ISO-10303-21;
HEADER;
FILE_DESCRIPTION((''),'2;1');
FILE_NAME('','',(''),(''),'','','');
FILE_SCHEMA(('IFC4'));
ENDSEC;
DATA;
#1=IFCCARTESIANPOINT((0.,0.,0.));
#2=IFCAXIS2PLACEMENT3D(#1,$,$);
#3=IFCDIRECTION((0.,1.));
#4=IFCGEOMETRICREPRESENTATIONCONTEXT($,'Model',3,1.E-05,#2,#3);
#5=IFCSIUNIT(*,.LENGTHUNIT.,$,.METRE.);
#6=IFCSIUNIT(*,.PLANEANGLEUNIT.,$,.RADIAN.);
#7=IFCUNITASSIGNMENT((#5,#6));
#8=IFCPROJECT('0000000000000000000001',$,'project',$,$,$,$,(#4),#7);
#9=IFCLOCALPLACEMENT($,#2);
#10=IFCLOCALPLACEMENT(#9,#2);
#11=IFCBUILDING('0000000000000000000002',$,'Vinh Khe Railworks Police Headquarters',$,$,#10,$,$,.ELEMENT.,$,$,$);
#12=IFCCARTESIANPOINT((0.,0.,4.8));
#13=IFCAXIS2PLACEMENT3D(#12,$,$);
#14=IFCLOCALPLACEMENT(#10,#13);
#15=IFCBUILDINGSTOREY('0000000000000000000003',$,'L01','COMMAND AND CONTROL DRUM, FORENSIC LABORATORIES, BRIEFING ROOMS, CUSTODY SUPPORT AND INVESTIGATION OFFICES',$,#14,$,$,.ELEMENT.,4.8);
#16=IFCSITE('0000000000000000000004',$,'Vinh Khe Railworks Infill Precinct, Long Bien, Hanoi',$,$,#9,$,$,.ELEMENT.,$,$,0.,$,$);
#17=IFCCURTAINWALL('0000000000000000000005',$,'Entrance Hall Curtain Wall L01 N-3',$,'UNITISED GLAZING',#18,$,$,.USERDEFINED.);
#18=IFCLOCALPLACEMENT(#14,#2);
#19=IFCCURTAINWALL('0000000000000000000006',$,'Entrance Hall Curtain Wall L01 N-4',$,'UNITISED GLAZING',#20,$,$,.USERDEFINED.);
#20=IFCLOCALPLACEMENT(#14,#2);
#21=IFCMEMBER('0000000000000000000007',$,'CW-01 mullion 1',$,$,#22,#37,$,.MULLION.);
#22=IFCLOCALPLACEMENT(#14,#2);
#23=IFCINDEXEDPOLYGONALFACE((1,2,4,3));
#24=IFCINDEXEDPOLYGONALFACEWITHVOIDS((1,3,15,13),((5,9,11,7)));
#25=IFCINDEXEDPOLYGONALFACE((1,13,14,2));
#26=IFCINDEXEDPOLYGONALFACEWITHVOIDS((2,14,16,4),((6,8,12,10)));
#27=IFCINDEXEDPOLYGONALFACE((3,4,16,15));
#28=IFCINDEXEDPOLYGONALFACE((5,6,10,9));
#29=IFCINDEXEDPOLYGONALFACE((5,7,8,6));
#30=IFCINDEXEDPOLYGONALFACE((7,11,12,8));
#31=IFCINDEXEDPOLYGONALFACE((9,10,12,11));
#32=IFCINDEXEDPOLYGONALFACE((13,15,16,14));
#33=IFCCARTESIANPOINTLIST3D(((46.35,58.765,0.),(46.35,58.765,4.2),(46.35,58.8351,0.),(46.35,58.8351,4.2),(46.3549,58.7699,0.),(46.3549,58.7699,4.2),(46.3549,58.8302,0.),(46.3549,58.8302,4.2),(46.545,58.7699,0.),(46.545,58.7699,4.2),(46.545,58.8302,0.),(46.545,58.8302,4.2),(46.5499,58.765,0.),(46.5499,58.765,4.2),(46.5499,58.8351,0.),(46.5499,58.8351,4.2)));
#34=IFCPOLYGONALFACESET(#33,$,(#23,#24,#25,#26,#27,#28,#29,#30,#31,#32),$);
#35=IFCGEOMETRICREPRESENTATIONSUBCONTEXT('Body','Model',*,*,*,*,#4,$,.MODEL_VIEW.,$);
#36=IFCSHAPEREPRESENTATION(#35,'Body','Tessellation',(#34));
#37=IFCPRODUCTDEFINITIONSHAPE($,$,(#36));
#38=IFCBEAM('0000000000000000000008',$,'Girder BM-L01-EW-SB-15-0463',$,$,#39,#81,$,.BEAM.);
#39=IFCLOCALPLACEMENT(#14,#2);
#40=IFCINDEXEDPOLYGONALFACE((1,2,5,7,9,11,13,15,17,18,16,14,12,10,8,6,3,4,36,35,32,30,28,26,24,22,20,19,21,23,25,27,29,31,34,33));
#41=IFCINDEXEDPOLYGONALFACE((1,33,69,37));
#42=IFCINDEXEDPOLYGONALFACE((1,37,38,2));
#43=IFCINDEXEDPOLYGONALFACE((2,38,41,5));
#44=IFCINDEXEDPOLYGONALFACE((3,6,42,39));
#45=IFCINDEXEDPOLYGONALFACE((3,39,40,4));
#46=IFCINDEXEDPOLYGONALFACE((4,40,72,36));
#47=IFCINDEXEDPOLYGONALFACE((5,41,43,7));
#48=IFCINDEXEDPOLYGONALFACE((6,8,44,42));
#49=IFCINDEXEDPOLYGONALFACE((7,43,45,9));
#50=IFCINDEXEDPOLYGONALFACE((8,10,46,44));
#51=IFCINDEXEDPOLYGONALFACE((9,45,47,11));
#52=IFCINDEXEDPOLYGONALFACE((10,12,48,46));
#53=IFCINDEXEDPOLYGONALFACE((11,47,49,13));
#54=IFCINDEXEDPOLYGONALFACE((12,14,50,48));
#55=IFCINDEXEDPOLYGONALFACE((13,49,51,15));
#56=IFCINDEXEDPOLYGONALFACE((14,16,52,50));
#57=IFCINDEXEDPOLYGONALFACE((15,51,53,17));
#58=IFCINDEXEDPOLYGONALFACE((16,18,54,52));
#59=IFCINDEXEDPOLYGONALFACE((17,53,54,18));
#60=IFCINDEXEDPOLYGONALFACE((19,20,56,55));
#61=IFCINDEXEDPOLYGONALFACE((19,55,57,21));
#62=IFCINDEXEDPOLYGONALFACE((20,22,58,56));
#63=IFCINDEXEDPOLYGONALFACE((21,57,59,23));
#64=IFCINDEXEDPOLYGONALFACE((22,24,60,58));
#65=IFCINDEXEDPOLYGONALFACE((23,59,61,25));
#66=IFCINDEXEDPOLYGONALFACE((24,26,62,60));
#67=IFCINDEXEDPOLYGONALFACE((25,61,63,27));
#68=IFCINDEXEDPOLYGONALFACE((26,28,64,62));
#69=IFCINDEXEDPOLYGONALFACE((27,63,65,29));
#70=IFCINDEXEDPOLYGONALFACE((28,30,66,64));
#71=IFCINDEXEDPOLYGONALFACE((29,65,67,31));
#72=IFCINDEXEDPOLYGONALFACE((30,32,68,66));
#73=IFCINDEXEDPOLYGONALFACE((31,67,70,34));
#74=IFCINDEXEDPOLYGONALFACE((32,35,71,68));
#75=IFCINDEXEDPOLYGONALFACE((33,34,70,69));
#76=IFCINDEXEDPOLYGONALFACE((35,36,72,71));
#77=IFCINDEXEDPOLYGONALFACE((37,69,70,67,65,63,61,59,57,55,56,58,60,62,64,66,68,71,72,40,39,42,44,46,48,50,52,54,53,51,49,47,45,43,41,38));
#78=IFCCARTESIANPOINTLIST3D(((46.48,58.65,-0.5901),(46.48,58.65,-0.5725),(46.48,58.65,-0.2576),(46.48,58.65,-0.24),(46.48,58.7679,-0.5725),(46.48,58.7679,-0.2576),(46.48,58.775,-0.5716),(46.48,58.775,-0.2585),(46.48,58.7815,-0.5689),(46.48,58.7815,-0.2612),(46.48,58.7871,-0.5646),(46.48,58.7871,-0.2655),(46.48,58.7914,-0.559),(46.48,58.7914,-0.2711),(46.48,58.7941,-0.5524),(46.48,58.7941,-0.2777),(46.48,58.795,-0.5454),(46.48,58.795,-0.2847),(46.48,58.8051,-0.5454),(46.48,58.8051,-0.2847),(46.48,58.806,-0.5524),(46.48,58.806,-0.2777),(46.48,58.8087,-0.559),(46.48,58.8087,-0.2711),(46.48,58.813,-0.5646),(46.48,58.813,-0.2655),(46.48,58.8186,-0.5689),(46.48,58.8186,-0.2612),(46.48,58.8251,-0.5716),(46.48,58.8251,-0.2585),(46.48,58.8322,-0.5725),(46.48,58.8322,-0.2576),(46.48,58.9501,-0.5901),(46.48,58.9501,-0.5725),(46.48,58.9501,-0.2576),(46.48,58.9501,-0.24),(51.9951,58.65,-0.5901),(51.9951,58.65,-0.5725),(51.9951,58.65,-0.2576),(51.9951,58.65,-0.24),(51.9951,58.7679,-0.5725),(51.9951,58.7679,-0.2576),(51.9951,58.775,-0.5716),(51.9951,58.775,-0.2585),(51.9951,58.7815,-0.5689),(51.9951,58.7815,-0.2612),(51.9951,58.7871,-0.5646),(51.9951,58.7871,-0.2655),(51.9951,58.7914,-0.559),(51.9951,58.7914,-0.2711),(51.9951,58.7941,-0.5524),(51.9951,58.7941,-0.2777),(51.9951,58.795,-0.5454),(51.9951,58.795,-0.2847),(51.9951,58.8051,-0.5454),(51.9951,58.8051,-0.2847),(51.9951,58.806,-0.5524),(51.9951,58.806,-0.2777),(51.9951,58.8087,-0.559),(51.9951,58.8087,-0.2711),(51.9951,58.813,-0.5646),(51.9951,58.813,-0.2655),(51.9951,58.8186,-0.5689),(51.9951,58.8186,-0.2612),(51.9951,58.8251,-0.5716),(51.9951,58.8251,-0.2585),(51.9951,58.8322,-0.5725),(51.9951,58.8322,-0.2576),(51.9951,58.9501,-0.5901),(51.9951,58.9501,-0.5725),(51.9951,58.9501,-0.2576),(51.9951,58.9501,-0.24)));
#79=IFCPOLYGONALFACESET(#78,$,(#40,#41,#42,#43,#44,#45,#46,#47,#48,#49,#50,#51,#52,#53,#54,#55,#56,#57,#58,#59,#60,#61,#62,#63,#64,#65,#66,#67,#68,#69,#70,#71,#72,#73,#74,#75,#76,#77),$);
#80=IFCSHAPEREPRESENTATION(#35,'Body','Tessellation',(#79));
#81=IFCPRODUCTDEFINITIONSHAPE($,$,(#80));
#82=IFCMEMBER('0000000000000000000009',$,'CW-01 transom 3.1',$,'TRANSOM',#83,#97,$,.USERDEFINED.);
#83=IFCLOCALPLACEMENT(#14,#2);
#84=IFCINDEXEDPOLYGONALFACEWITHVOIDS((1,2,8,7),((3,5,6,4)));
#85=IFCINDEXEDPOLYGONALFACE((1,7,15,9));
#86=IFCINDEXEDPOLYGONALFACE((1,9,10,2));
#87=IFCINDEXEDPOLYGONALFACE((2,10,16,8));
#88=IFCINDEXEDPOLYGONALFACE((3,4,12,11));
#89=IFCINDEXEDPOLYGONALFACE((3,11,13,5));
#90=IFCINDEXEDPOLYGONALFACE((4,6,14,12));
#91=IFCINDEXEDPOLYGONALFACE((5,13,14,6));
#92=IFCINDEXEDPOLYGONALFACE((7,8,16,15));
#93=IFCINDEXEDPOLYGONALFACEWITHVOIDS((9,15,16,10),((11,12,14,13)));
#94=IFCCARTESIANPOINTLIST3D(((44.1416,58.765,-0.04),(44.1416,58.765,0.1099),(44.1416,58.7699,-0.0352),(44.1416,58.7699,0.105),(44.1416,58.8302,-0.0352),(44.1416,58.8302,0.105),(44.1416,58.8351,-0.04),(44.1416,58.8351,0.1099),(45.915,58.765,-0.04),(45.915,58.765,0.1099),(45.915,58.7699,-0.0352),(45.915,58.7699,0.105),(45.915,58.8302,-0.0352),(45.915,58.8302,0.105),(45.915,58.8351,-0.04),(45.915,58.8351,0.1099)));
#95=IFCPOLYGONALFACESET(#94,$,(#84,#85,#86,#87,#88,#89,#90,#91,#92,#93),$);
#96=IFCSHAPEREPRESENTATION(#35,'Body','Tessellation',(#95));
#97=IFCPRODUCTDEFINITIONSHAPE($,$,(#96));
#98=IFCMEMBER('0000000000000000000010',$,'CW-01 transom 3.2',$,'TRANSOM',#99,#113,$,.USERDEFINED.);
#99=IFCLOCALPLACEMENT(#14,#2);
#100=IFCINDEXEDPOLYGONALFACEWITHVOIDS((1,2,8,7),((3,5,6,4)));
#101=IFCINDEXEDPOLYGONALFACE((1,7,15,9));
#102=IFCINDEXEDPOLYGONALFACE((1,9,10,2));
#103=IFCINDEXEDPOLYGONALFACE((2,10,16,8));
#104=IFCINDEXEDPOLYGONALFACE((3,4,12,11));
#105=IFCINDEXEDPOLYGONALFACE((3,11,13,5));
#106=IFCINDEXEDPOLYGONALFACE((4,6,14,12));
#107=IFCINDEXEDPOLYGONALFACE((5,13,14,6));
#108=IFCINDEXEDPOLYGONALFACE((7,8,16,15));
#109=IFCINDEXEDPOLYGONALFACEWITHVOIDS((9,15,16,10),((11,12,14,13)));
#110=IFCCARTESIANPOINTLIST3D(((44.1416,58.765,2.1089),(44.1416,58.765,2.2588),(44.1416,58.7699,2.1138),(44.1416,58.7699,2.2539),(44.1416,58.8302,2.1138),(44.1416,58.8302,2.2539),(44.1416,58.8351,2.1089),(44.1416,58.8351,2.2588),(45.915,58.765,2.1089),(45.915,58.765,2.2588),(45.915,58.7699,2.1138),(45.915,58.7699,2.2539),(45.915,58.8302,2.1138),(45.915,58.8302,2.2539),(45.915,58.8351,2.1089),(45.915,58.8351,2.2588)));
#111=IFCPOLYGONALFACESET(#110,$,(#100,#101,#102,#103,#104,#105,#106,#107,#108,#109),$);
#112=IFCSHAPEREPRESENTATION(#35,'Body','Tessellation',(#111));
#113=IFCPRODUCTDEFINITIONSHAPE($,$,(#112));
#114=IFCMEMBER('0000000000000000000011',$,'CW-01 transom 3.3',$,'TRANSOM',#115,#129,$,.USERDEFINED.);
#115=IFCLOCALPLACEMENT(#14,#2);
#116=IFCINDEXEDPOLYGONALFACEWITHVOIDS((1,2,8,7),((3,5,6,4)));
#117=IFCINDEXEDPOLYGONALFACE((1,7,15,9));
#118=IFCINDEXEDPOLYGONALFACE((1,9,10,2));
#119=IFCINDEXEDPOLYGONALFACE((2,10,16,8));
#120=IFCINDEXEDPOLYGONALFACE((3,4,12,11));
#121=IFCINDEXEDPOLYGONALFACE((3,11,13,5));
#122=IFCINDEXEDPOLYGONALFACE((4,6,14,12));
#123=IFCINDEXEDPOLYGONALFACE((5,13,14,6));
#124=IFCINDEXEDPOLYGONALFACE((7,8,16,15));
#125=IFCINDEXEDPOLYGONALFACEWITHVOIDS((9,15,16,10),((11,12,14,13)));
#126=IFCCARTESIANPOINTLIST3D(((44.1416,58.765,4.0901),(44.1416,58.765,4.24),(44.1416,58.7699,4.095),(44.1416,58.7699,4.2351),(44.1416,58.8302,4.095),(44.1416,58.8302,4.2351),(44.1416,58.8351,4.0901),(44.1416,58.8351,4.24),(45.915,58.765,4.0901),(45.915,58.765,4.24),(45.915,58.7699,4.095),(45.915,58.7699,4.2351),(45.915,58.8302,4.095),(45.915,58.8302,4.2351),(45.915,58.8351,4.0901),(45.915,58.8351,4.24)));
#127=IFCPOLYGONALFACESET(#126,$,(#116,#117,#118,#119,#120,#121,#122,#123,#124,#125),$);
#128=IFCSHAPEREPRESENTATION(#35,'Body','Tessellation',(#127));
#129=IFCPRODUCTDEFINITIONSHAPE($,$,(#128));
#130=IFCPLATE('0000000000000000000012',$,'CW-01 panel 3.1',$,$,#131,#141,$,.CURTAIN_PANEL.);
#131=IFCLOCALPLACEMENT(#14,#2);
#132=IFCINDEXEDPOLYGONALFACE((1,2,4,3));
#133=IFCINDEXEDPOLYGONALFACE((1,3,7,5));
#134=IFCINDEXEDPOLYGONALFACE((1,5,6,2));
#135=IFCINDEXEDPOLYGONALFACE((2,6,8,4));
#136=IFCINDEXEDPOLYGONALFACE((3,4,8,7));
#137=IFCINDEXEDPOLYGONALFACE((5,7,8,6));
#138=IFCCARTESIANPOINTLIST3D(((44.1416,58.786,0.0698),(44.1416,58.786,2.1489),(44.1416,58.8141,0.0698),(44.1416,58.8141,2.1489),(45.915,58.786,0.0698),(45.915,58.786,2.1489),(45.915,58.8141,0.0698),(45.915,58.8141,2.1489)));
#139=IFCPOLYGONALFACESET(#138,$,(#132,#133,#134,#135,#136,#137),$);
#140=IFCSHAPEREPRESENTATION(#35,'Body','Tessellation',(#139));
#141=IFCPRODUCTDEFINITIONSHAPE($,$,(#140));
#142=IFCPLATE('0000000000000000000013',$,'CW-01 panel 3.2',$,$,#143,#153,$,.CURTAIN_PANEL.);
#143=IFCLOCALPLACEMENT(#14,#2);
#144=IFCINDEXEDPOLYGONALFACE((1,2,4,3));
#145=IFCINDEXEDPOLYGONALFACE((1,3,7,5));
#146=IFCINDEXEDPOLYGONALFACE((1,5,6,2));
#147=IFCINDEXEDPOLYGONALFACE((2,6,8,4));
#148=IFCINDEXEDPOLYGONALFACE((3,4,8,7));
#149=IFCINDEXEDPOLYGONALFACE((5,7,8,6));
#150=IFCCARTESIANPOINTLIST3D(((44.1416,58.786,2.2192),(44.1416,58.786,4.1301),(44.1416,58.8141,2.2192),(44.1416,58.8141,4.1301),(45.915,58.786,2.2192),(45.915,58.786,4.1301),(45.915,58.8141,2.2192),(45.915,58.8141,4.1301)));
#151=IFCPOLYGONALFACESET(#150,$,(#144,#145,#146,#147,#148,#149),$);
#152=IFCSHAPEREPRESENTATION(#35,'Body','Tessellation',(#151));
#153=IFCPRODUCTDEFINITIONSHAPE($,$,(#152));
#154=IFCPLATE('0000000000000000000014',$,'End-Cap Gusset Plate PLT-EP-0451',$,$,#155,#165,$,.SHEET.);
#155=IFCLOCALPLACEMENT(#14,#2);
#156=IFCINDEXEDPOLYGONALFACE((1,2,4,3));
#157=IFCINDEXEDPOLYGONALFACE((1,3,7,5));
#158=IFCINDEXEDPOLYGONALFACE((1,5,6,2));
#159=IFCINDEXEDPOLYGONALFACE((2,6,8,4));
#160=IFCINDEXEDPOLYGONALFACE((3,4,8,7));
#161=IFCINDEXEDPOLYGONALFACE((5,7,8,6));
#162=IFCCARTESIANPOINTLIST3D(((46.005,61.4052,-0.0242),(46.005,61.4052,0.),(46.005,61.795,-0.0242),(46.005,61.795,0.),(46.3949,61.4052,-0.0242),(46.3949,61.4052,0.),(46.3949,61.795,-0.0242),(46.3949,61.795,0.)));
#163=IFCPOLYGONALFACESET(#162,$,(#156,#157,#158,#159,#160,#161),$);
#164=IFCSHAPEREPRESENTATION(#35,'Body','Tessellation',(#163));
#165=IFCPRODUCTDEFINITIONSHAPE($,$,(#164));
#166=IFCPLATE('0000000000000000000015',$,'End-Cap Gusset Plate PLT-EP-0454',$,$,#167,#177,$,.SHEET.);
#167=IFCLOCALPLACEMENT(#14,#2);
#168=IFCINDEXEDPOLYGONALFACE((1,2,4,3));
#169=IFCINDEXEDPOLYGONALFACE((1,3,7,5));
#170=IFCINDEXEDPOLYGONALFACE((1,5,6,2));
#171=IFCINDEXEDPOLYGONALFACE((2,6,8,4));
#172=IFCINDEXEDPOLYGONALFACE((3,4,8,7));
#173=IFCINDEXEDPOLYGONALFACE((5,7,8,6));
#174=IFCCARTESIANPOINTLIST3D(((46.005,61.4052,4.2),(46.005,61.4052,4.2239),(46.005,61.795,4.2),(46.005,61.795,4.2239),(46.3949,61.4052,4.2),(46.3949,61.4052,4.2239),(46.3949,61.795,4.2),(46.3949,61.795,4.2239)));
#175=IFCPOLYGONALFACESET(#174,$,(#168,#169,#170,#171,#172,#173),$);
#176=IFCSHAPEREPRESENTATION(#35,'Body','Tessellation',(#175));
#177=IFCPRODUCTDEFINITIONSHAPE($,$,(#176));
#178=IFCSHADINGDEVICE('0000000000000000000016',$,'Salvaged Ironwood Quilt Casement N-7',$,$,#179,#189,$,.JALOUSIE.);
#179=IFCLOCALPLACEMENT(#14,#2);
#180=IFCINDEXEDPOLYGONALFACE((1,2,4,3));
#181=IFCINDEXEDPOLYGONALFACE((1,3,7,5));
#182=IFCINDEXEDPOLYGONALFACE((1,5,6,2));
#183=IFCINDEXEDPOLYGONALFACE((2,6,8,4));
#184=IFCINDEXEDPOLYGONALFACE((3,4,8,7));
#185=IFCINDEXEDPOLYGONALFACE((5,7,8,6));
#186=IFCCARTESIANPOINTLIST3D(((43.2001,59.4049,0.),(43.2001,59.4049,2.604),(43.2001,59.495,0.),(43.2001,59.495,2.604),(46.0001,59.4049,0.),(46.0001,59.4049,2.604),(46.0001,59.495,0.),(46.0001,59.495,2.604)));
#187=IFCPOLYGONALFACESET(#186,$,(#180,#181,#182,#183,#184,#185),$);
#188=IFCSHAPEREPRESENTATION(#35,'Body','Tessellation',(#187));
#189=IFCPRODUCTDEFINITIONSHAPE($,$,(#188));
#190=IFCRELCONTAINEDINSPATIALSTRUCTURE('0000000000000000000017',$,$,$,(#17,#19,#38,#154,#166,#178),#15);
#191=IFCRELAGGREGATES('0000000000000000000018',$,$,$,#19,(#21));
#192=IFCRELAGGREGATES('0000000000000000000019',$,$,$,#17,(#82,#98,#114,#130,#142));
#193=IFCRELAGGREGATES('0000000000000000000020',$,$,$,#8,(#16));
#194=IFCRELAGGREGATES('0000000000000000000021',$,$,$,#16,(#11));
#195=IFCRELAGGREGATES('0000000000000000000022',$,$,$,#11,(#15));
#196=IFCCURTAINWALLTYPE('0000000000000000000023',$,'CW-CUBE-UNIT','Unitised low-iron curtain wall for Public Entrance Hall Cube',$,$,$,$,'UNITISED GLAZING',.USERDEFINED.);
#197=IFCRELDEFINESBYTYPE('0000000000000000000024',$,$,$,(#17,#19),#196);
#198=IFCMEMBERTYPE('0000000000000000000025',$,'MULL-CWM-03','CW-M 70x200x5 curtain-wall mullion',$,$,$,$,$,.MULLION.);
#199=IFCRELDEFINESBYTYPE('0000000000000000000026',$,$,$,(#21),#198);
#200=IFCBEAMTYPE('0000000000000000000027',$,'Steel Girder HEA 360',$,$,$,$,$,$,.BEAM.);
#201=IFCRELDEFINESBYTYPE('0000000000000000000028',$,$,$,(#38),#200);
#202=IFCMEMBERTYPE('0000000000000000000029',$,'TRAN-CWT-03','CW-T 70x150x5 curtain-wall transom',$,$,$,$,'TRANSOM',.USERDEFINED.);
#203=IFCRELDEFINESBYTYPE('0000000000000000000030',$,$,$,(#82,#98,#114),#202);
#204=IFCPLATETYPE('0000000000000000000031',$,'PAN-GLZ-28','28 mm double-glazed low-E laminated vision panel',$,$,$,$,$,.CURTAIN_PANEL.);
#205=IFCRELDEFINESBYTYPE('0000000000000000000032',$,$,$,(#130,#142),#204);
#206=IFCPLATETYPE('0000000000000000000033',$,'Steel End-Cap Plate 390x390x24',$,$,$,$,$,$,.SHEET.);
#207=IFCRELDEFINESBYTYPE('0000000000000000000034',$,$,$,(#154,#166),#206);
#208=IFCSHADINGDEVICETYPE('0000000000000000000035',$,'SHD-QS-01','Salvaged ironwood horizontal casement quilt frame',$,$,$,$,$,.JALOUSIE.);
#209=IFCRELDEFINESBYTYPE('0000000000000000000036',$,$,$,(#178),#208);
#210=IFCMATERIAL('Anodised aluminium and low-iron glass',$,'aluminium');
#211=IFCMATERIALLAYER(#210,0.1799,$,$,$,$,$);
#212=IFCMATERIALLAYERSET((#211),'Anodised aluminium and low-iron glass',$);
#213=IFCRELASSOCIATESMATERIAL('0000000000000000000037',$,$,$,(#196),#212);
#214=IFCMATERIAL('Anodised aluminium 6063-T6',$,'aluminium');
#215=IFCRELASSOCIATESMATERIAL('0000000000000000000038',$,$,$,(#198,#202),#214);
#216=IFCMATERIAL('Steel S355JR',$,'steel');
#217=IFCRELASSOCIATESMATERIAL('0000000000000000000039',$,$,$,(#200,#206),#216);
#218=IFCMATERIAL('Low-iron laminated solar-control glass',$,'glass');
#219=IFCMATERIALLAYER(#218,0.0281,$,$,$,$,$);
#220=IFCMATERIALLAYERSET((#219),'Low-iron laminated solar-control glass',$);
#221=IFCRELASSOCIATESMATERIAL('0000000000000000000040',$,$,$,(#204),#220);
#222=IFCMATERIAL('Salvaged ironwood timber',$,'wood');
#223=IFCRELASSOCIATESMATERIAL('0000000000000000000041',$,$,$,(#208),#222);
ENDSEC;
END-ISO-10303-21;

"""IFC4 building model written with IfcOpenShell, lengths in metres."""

from ifc_helpers import new_model, si_unit, direction, frame, origin, origin_2d, place, context, subcontext, project, spatial, rectangle, hollow_rectangle, i_section, extrude, material, layer, layer_set, material_profile, profile_set, type_object, element, aggregate, save


model = new_model("IFC4")

# Units and contexts
model_context = context("Model", 3, precision=1e-05, world=origin(), true_north=direction((0.0, 1.0)))
body_context = subcontext(model_context, "Body", "Model", "MODEL_VIEW")
ifc_project = project(units=[si_unit("LENGTHUNIT", "METRE"), si_unit("PLANEANGLEUNIT", "RADIAN")], contexts=[model_context])

# Site, building, storey
site_placement = place(None, origin())
site = spatial("IfcSite", under=ifc_project, at=site_placement, Name="Vinh Khe Railworks Infill Precinct, Long Bien, Hanoi", CompositionType="ELEMENT", RefElevation=0.0)
building_placement = place(site_placement, origin())
building = spatial("IfcBuilding", under=site, at=building_placement, Name="Vinh Khe Railworks Police Headquarters", CompositionType="ELEMENT")
storey_placement = place(building_placement, frame((0.0, 0.0, 4.8)))
storey = spatial("IfcBuildingStorey", under=building, at=storey_placement, Name="L01", Description="COMMAND AND CONTROL DRUM, FORENSIC LABORATORIES, BRIEFING ROOMS, CUSTODY SUPPORT AND INVESTIGATION OFFICES", CompositionType="ELEMENT", Elevation=4.8)

# Shared definitions
ifc_material_1 = material(Name="Steel S355JR", Category="steel")

# Shared definitions
ifc_material_2 = material(Name="Salvaged ironwood timber", Category="wood")

# Curtain wall
ifc_material_3 = material(Name="Anodised aluminium and low-iron glass", Category="aluminium")
ifc_layer_1 = layer(ifc_material_3, 0.1799)
ifc_layer_set_1 = layer_set([ifc_layer_1], Name="Anodised aluminium and low-iron glass")
curtain_wall_type = type_object("IfcCurtainWallType", Name="CW-CUBE-UNIT", Description="Unitised low-iron curtain wall for Public Entrance Hall Cube", ElementType="UNITISED GLAZING", PredefinedType="USERDEFINED", material=ifc_layer_set_1)
curtain_wall_1_placement = place(storey_placement, origin())
curtain_wall_1 = element("IfcCurtainWall", 1, at=curtain_wall_1_placement, inside=storey, type_object=curtain_wall_type, Name="Entrance Hall Curtain Wall L01 N-3", ObjectType="UNITISED GLAZING", PredefinedType="USERDEFINED")
ifc_material_4 = material(Name="Anodised aluminium 6063-T6", Category="aluminium")
ifc_material_profile_1 = material_profile(ifc_material_4, hollow_rectangle(XDim=0.0701, YDim=0.2, WallThickness=0.0049, at=origin_2d()), Name="CW-M 70x200x5")
ifc_profile_set_1 = profile_set([ifc_material_profile_1], Name="Anodised aluminium 6063-T6")
member_type_1 = type_object("IfcMemberType", Name="MULL-CWM-03", Description="CW-M 70x200x5 curtain-wall mullion", PredefinedType="MULLION", material=ifc_profile_set_1)

# Curtain wall, member
curtain_wall_2_placement = place(storey_placement, origin())
curtain_wall_2 = element("IfcCurtainWall", 2, at=curtain_wall_2_placement, inside=storey, type_object=curtain_wall_type, Name="Entrance Hall Curtain Wall L01 N-4", ObjectType="UNITISED GLAZING", PredefinedType="USERDEFINED")
member_1_placement = place(storey_placement, frame((46.45, 58.8, 0.0), z_axis=(0.0, 0.0, 1.0), x_axis=(0.0, 1.0, 0.0)))
member_1 = element("IfcMember", 3, at=member_1_placement, type_object=member_type_1, Name="CW-01 mullion 1", PredefinedType="MULLION", context=body_context, shape_type="SweptSolid", body=[
    extrude(hollow_rectangle(XDim=0.0701, YDim=0.2, WallThickness=0.0049, at=origin_2d()), origin(), (0.0, 0.0, 1.0), 4.2),
])
aggregate(curtain_wall_2, [member_1])

# Beam
ifc_material_profile_2 = material_profile(ifc_material_1, i_section(OverallWidth=0.3, OverallDepth=0.3501, WebThickness=0.01, FlangeThickness=0.0176, FilletRadius=0.0271, at=origin_2d()), Name="HEA 360")
ifc_profile_set_2 = profile_set([ifc_material_profile_2], Name="Steel S355JR")
beam_type = type_object("IfcBeamType", Name="Steel Girder HEA 360", PredefinedType="BEAM", material=ifc_profile_set_2)
beam_placement = place(storey_placement, frame((46.48, 58.8, -0.415), z_axis=(1.0, 0.0, 0.0), x_axis=(0.0, 1.0, 0.0)))
element("IfcBeam", 4, at=beam_placement, inside=storey, type_object=beam_type, Name="Girder BM-L01-EW-SB-15-0463", PredefinedType="BEAM", context=body_context, shape_type="SweptSolid", body=[
    extrude(i_section(OverallWidth=0.3, OverallDepth=0.3501, WebThickness=0.01, FlangeThickness=0.0176, FilletRadius=0.0271, at=origin_2d()), origin(), (0.0, 0.0, 1.0), 5.5151),
])

# Members
ifc_material_profile_3 = material_profile(ifc_material_4, hollow_rectangle(XDim=0.0701, YDim=0.1499, WallThickness=0.0049, at=origin_2d()), Name="CW-T 70x150x5")
ifc_profile_set_3 = profile_set([ifc_material_profile_3], Name="Anodised aluminium 6063-T6")
member_type_2 = type_object("IfcMemberType", Name="TRAN-CWT-03", Description="CW-T 70x150x5 curtain-wall transom", ElementType="TRANSOM", PredefinedType="USERDEFINED", material=ifc_profile_set_3)
member_2_placement = place(storey_placement, frame((44.1416, 58.8, 0.0349), z_axis=(1.0, 0.0, 0.0), x_axis=(0.0, 1.0, 0.0)))
member_2 = element("IfcMember", 5, at=member_2_placement, type_object=member_type_2, Name="CW-01 transom 3.1", ObjectType="TRANSOM", PredefinedType="USERDEFINED", context=body_context, shape_type="SweptSolid", body=[
    extrude(hollow_rectangle(XDim=0.0701, YDim=0.1499, WallThickness=0.0049, at=origin_2d()), origin(), (0.0, 0.0, 1.0), 1.7734),
])
member_3_placement = place(storey_placement, frame((44.1416, 58.8, 2.1838), z_axis=(1.0, 0.0, 0.0), x_axis=(0.0, 1.0, 0.0)))
member_3 = element("IfcMember", 6, at=member_3_placement, type_object=member_type_2, Name="CW-01 transom 3.2", ObjectType="TRANSOM", PredefinedType="USERDEFINED", context=body_context, shape_type="SweptSolid", body=[
    extrude(hollow_rectangle(XDim=0.0701, YDim=0.1499, WallThickness=0.0049, at=origin_2d()), origin(), (0.0, 0.0, 1.0), 1.7734),
])
member_4_placement = place(storey_placement, frame((44.1416, 58.8, 4.165), z_axis=(1.0, 0.0, 0.0), x_axis=(0.0, 1.0, 0.0)))
member_4 = element("IfcMember", 7, at=member_4_placement, type_object=member_type_2, Name="CW-01 transom 3.3", ObjectType="TRANSOM", PredefinedType="USERDEFINED", context=body_context, shape_type="SweptSolid", body=[
    extrude(hollow_rectangle(XDim=0.0701, YDim=0.1499, WallThickness=0.0049, at=origin_2d()), origin(), (0.0, 0.0, 1.0), 1.7734),
])

# Plates
ifc_material_5 = material(Name="Low-iron laminated solar-control glass", Category="glass")
ifc_layer_2 = layer(ifc_material_5, 0.0281)
ifc_layer_set_2 = layer_set([ifc_layer_2], Name="Low-iron laminated solar-control glass")
plate_type_1 = type_object("IfcPlateType", Name="PAN-GLZ-28", Description="28 mm double-glazed low-E laminated vision panel", PredefinedType="CURTAIN_PANEL", material=ifc_layer_set_2)
plate_1_placement = place(storey_placement, frame((45.0283, 58.8, 0.0698), z_axis=(0.0, 0.0, 1.0), x_axis=(1.0, 0.0, 0.0)))
plate_1 = element("IfcPlate", 8, at=plate_1_placement, type_object=plate_type_1, Name="CW-01 panel 3.1", PredefinedType="CURTAIN_PANEL", context=body_context, shape_type="SweptSolid", body=[
    extrude(rectangle(XDim=1.7734, YDim=0.0281, at=origin_2d()), origin(), (0.0, 0.0, 1.0), 2.0791),
])
plate_2_placement = place(storey_placement, frame((45.0283, 58.8, 2.2192), z_axis=(0.0, 0.0, 1.0), x_axis=(1.0, 0.0, 0.0)))
plate_2 = element("IfcPlate", 9, at=plate_2_placement, type_object=plate_type_1, Name="CW-01 panel 3.2", PredefinedType="CURTAIN_PANEL", context=body_context, shape_type="SweptSolid", body=[
    extrude(rectangle(XDim=1.7734, YDim=0.0281, at=origin_2d()), origin(), (0.0, 0.0, 1.0), 1.9109),
])
aggregate(curtain_wall_1, [member_2, member_3, member_4, plate_1, plate_2])

# Plates
ifc_material_profile_4 = material_profile(ifc_material_1, rectangle(XDim=0.3899, YDim=0.3899, at=origin_2d()), Name="PL 390x390")
ifc_profile_set_4 = profile_set([ifc_material_profile_4], Name="Steel S355JR")
plate_type_2 = type_object("IfcPlateType", Name="Steel End-Cap Plate 390x390x24", PredefinedType="SHEET", material=ifc_profile_set_4)
plate_3_placement = place(storey_placement, frame((46.2, 61.6001, 0.0), z_axis=(0.0, 0.0, -1.0), x_axis=(1.0, 0.0, 0.0)))
element("IfcPlate", 10, at=plate_3_placement, inside=storey, type_object=plate_type_2, Name="End-Cap Gusset Plate PLT-EP-0451", PredefinedType="SHEET", context=body_context, shape_type="SweptSolid", body=[
    extrude(rectangle(XDim=0.3899, YDim=0.3899, at=origin_2d()), origin(), (0.0, 0.0, 1.0), 0.0242),
])
plate_4_placement = place(storey_placement, frame((46.2, 61.6001, 4.2), z_axis=(0.0, 0.0, 1.0), x_axis=(1.0, 0.0, 0.0)))
element("IfcPlate", 11, at=plate_4_placement, inside=storey, type_object=plate_type_2, Name="End-Cap Gusset Plate PLT-EP-0454", PredefinedType="SHEET", context=body_context, shape_type="SweptSolid", body=[
    extrude(rectangle(XDim=0.3899, YDim=0.3899, at=origin_2d()), origin(), (0.0, 0.0, 1.0), 0.0239),
])

# Shading device
shading_device_type = type_object("IfcShadingDeviceType", Name="SHD-QS-01", Description="Salvaged ironwood horizontal casement quilt frame", PredefinedType="JALOUSIE", material=ifc_material_2)
shading_device_placement = place(storey_placement, frame((44.6001, 59.45, 0.0), z_axis=(0.0, 0.0, 1.0), x_axis=(1.0, 0.0, 0.0)))
element("IfcShadingDevice", 12, at=shading_device_placement, inside=storey, type_object=shading_device_type, Name="Salvaged Ironwood Quilt Casement N-7", PredefinedType="JALOUSIE", context=body_context, shape_type="SweptSolid", body=[
    extrude(rectangle(XDim=2.8, YDim=0.0901, at=origin_2d()), origin(), (0.0, 0.0, 1.0), 2.604),
])

save(model, "model.ifc")
